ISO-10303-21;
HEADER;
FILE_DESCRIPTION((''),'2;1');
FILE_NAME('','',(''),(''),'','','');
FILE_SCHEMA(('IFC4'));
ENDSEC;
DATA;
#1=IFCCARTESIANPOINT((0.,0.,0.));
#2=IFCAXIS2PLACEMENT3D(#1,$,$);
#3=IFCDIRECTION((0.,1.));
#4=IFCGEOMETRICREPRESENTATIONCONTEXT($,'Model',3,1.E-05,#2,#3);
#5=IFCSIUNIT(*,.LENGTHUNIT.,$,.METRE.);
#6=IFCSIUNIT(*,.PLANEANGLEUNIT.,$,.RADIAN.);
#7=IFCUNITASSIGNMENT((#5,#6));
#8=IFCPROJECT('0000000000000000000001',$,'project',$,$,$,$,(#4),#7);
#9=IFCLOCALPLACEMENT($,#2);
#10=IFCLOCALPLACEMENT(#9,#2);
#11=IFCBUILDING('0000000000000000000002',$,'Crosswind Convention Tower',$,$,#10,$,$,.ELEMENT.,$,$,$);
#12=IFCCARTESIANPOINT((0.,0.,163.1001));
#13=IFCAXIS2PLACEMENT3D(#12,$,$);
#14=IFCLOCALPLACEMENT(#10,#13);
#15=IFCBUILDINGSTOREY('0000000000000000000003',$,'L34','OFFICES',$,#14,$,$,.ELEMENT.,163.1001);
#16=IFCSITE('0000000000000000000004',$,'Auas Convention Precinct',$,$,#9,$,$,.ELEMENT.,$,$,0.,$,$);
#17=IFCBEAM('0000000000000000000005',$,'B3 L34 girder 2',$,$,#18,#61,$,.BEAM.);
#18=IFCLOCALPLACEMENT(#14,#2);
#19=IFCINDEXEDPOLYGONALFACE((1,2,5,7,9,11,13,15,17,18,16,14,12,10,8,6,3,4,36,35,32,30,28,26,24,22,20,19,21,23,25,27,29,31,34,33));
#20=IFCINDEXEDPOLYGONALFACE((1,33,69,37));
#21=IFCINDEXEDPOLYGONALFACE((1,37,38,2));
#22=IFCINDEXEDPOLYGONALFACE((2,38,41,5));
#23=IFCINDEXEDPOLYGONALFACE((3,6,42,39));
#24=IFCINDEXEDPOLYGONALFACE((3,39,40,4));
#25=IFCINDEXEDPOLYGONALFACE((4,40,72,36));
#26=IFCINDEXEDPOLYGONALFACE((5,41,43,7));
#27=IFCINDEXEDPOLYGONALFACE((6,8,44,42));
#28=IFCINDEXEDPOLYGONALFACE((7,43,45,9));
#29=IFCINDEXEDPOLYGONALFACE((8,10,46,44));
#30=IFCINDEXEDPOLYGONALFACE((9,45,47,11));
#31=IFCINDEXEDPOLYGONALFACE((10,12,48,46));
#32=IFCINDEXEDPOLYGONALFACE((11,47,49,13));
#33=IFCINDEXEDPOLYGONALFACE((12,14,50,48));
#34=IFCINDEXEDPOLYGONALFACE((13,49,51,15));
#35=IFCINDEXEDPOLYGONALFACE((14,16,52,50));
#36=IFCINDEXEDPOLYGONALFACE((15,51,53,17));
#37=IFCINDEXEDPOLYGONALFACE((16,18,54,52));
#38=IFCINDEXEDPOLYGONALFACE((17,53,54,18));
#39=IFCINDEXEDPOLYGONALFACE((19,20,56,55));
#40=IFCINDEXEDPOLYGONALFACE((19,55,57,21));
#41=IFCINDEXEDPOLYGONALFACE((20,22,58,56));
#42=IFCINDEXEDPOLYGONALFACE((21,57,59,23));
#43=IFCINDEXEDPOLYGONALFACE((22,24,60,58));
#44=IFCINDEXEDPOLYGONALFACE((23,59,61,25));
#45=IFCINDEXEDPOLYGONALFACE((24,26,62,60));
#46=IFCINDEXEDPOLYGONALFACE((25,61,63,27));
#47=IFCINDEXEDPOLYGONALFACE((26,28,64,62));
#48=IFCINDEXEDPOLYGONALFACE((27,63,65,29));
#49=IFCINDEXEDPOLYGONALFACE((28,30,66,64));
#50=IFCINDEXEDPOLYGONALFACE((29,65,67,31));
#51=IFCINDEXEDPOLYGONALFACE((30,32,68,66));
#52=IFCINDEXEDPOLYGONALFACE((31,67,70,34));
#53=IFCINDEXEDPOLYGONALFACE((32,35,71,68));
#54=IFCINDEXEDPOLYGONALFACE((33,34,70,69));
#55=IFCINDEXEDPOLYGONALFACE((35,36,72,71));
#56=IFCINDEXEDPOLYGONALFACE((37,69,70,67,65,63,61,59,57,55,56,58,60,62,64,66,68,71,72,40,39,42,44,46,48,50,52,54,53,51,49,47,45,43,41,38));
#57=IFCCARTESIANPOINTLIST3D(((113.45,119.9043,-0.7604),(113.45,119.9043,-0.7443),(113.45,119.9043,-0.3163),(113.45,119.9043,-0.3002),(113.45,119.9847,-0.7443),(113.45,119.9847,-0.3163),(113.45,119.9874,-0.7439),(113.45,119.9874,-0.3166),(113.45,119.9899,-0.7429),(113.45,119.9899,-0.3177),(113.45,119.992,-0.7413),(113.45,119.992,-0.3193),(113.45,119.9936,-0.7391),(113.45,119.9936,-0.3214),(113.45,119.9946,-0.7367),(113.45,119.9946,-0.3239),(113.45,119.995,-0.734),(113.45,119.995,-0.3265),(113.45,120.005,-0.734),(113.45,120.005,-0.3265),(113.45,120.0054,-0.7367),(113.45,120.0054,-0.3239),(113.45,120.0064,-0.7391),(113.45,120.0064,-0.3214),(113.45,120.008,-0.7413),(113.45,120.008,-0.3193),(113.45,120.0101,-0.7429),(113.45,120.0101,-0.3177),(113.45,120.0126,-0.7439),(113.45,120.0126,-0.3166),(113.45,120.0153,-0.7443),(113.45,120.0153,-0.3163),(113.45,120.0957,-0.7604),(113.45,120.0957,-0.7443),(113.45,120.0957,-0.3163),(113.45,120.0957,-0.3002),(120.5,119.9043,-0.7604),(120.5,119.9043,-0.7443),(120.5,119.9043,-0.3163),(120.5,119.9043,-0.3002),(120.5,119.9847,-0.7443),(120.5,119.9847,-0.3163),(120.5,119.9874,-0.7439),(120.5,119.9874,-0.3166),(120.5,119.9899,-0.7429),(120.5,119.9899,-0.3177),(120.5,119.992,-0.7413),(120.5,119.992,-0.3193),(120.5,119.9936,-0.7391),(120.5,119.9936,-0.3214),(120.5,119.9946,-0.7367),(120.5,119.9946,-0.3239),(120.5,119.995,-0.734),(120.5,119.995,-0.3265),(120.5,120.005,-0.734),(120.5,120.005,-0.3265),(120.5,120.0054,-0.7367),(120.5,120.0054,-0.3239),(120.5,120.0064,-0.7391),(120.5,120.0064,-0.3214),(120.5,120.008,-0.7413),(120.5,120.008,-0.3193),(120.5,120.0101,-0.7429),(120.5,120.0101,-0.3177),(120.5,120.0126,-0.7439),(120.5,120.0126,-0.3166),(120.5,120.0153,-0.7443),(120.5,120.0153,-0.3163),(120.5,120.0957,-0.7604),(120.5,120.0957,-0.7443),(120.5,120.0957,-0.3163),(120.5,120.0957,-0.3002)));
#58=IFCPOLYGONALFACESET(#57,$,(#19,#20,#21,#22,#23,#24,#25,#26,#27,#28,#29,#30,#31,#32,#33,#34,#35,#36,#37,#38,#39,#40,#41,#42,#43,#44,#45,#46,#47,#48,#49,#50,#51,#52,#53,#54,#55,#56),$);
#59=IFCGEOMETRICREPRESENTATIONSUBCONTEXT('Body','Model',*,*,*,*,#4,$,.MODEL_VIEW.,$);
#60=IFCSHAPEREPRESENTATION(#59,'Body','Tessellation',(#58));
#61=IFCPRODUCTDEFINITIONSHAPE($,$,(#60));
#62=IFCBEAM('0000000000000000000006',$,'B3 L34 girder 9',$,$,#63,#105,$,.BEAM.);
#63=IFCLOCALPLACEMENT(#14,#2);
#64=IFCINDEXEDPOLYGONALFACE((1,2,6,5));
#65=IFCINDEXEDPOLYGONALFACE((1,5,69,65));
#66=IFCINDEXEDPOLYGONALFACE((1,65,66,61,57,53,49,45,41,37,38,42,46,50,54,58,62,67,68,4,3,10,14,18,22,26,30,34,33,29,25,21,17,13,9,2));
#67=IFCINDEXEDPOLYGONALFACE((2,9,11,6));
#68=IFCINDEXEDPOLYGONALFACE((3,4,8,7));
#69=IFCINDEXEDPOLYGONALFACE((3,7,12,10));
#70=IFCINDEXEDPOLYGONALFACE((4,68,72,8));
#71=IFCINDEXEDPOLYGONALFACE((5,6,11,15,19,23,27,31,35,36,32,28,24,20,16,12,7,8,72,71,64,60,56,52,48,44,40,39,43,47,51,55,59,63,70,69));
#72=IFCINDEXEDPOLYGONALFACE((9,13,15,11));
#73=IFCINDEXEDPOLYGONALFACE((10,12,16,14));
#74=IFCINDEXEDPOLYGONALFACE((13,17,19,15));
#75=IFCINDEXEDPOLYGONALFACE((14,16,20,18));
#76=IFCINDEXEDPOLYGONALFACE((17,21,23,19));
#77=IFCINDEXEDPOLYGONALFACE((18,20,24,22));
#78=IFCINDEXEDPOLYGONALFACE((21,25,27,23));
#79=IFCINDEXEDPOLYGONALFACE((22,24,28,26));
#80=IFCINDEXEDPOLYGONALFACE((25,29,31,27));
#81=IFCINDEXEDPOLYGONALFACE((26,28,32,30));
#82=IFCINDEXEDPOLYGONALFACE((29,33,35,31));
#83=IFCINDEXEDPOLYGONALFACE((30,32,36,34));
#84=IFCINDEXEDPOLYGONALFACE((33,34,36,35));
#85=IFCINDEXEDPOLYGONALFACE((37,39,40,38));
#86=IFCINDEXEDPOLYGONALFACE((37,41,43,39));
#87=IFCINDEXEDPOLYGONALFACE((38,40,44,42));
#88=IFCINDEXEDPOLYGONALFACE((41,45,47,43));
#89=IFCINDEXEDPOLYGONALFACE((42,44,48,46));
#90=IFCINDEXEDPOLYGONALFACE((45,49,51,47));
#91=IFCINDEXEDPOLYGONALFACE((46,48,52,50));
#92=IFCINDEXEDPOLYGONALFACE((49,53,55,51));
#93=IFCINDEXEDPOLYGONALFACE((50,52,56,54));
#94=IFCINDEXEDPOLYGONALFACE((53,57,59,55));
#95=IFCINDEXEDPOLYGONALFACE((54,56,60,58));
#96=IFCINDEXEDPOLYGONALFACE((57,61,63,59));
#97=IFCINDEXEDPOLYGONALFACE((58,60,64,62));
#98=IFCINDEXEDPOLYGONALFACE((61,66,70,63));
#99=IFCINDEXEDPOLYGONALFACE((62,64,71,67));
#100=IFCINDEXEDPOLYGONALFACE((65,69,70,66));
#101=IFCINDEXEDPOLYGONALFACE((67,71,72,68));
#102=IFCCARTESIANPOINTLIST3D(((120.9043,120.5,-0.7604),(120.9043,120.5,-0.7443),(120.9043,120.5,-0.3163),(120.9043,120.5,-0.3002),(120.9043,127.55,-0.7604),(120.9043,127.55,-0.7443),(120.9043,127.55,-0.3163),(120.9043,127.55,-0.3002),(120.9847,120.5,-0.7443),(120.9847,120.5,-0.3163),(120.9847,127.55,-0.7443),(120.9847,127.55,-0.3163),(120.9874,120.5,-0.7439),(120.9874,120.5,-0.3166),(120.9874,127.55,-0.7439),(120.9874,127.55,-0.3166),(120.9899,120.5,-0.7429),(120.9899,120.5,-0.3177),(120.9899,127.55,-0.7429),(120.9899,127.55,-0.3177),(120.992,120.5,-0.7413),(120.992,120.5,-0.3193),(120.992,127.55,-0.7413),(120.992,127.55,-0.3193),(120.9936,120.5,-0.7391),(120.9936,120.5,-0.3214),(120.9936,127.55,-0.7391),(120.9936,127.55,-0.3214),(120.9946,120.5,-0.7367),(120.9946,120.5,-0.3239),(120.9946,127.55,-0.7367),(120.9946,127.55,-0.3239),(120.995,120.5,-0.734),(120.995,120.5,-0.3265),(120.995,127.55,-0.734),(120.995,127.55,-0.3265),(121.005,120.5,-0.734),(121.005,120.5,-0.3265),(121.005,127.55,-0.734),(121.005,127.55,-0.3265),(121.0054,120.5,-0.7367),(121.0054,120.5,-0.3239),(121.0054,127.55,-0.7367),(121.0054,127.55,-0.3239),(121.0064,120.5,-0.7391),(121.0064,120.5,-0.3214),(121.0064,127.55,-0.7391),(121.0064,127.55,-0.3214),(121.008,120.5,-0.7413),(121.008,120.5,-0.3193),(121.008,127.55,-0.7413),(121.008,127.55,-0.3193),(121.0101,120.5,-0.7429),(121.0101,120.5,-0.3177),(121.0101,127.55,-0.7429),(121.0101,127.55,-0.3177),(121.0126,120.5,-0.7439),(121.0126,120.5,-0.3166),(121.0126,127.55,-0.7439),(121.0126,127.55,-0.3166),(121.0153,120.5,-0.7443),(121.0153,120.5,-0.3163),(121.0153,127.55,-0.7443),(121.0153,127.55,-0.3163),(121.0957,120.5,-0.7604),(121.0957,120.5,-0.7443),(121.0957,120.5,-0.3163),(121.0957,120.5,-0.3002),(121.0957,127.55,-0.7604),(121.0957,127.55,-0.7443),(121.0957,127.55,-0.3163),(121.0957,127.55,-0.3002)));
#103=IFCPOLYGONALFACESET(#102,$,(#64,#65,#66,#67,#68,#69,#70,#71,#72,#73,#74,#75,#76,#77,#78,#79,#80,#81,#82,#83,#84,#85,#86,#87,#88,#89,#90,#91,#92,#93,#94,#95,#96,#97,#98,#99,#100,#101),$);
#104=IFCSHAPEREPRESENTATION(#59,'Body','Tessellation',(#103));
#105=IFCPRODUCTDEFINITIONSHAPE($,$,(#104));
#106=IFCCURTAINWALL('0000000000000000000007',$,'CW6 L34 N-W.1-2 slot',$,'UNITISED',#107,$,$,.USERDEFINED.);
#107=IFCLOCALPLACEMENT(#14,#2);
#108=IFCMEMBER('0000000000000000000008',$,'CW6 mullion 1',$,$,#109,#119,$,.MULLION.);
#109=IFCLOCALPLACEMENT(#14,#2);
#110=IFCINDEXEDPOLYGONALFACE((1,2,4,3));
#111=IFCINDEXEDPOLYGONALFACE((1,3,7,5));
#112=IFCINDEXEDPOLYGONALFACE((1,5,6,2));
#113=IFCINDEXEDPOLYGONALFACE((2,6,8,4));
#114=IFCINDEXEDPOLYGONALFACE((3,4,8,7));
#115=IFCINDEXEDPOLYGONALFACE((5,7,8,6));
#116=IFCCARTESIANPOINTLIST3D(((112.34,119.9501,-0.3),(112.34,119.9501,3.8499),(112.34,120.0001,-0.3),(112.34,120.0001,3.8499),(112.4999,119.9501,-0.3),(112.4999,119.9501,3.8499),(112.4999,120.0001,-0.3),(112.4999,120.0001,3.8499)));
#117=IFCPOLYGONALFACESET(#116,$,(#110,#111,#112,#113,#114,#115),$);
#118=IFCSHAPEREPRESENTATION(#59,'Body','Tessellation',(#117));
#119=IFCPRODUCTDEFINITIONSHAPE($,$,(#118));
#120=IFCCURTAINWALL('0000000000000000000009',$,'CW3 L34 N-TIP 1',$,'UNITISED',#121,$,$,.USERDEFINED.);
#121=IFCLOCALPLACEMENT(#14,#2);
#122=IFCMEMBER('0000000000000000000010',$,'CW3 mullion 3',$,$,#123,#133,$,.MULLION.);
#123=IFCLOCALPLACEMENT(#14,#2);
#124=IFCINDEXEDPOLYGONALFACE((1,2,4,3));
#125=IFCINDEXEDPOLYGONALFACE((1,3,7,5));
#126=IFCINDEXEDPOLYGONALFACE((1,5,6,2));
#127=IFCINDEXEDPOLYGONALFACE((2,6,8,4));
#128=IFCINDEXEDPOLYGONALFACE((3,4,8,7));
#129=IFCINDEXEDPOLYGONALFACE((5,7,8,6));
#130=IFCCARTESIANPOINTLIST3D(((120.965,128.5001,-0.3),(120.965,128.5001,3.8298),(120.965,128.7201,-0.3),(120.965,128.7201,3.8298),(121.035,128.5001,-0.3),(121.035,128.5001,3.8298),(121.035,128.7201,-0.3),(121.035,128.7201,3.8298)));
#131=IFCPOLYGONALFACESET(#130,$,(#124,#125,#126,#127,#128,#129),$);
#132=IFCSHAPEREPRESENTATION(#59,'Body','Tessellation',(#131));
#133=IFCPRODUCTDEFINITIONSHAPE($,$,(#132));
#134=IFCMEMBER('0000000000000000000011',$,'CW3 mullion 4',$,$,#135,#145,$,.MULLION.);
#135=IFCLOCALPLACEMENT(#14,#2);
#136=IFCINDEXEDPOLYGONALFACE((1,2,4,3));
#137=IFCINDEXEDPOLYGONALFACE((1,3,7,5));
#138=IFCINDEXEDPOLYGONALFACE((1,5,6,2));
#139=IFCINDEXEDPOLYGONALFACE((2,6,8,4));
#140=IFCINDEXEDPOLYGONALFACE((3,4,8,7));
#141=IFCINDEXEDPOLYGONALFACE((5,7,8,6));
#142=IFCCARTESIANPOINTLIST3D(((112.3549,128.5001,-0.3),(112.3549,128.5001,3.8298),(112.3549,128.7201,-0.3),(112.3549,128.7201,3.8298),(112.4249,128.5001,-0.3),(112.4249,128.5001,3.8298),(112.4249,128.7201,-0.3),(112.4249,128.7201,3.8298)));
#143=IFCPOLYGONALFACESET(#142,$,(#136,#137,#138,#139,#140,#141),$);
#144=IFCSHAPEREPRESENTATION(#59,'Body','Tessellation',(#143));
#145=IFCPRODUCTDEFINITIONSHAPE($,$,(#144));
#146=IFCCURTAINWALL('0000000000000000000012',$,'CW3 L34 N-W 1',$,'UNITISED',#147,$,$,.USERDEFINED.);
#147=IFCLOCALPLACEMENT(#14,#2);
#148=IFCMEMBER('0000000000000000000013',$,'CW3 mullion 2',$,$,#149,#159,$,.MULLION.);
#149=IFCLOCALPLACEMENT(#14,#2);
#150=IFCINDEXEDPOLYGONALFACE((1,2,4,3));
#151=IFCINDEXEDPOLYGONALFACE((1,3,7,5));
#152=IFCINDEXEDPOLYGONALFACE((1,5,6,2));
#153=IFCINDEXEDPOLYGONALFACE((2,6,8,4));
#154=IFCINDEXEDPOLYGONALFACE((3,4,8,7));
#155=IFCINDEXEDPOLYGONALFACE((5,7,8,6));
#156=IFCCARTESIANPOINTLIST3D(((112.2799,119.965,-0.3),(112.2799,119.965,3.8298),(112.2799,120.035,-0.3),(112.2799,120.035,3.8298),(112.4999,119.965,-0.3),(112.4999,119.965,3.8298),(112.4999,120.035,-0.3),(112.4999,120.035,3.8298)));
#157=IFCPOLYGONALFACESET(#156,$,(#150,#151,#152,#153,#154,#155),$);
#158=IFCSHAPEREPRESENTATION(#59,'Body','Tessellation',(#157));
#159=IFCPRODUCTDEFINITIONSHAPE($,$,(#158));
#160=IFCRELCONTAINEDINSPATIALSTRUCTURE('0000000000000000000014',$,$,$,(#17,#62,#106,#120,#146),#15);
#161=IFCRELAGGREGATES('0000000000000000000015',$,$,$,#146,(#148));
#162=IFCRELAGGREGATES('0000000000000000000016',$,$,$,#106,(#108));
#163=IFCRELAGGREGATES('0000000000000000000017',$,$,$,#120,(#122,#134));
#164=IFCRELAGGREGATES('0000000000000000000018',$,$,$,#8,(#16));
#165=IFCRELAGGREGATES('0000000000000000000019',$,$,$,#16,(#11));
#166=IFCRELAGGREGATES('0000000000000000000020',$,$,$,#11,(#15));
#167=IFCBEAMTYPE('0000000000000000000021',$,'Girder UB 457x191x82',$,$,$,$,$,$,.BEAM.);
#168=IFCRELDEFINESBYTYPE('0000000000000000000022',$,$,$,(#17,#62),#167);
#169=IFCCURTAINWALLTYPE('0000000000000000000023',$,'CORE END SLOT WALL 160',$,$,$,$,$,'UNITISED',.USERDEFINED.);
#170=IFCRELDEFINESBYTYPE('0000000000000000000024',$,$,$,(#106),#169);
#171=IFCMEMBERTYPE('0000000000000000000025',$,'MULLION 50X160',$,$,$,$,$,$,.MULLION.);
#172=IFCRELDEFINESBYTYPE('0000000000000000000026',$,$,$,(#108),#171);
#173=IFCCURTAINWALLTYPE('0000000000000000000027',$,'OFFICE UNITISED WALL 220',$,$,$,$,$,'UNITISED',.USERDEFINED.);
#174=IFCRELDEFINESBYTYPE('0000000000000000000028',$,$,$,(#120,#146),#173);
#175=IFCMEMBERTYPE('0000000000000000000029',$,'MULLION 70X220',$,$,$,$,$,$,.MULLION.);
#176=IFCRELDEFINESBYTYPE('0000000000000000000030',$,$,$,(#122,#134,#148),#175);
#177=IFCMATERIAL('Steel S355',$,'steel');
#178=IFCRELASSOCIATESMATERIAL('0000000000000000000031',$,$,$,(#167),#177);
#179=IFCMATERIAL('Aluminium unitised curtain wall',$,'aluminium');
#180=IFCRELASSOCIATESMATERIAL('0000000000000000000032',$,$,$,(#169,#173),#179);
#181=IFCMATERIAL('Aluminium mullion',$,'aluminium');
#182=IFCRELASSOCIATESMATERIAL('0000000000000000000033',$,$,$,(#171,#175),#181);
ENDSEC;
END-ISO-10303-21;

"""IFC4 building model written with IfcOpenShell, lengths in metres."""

from ifc_helpers import new_model, si_unit, direction, frame, origin, origin_2d, place, context, subcontext, project, spatial, rectangle, i_section, extrude, material, material_profile, profile_set, type_object, element, aggregate, save


model = new_model("IFC4")

# Units and contexts
model_context = context("Model", 3, precision=1e-05, world=origin(), true_north=direction((0.0, 1.0)))
body_context = subcontext(model_context, "Body", "Model", "MODEL_VIEW")
ifc_project = project(units=[si_unit("LENGTHUNIT", "METRE"), si_unit("PLANEANGLEUNIT", "RADIAN")], contexts=[model_context])

# Site, building, storey
site_placement = place(None, origin())
site = spatial("IfcSite", under=ifc_project, at=site_placement, Name="Auas Convention Precinct", CompositionType="ELEMENT", RefElevation=0.0)
building_placement = place(site_placement, origin())
building = spatial("IfcBuilding", under=site, at=building_placement, Name="Crosswind Convention Tower", CompositionType="ELEMENT")
storey_placement = place(building_placement, frame((0.0, 0.0, 163.1001)))
storey = spatial("IfcBuildingStorey", under=building, at=storey_placement, Name="L34", Description="OFFICES", CompositionType="ELEMENT", Elevation=163.1001)

# Beams
ifc_material_1 = material(Name="Steel S355", Category="steel")
ifc_material_profile_1 = material_profile(ifc_material_1, i_section(OverallWidth=0.1914, OverallDepth=0.4602, WebThickness=0.01, FlangeThickness=0.0161, FilletRadius=0.0103, at=origin_2d()), Name="UB 457x191x82")
ifc_profile_set_1 = profile_set([ifc_material_profile_1], Name="Steel S355")
beam_type_1 = type_object("IfcBeamType", Name="Girder UB 457x191x82", PredefinedType="BEAM", material=ifc_profile_set_1)
for number, where, z_axis, x_axis, name in (
    (1, (113.45, 120.0, -0.5303), (1.0, 0.0, 0.0), (0.0, 1.0, 0.0), "B3 L34 girder 2"),
    (2, (121.0, 120.5, -0.5303), (0.0, 1.0, 0.0), (-1.0, 0.0, 0.0), "B3 L34 girder 9"),
):
    element("IfcBeam", number, at=place(storey_placement, frame(where, z_axis=z_axis, x_axis=x_axis)), inside=storey, type_object=beam_type_1, Name=name, PredefinedType="BEAM", context=body_context, shape_type="SweptSolid", body=[
        extrude(i_section(OverallWidth=0.1914, OverallDepth=0.4602, WebThickness=0.01, FlangeThickness=0.0161, FilletRadius=0.0103, at=origin_2d()), origin(), (0.0, 0.0, 1.0), 7.05),
    ])

# Curtain wall, member
ifc_material_2 = material(Name="Aluminium unitised curtain wall", Category="aluminium")
curtain_wall_type_1 = type_object("IfcCurtainWallType", Name="CORE END SLOT WALL 160", ElementType="UNITISED", PredefinedType="USERDEFINED", material=ifc_material_2)
curtain_wall_1_placement = place(storey_placement, origin())
curtain_wall_1 = element("IfcCurtainWall", 3, at=curtain_wall_1_placement, inside=storey, type_object=curtain_wall_type_1, Name="CW6 L34 N-W.1-2 slot", ObjectType="UNITISED", PredefinedType="USERDEFINED")
ifc_material_3 = material(Name="Aluminium mullion", Category="aluminium")
ifc_material_profile_2 = material_profile(ifc_material_3, rectangle(XDim=0.1599, YDim=0.05, at=origin_2d()), Name="AL 160X50")
ifc_profile_set_2 = profile_set([ifc_material_profile_2], Name="Aluminium mullion")
member_type_1 = type_object("IfcMemberType", Name="MULLION 50X160", PredefinedType="MULLION", material=ifc_profile_set_2)
member_1_placement = place(storey_placement, frame((112.4199, 119.9751, -0.3), z_axis=(0.0, 0.0, 1.0), x_axis=(-1.0, 0.0, 0.0)))
member_1 = element("IfcMember", 4, at=member_1_placement, type_object=member_type_1, Name="CW6 mullion 1", PredefinedType="MULLION", context=body_context, shape_type="SweptSolid", body=[
    extrude(rectangle(XDim=0.1599, YDim=0.05, at=origin_2d()), origin(), (0.0, 0.0, 1.0), 4.1499),
])

# Curtain wall, members
curtain_wall_type_2 = type_object("IfcCurtainWallType", Name="OFFICE UNITISED WALL 220", ElementType="UNITISED", PredefinedType="USERDEFINED", material=ifc_material_2)
curtain_wall_2_placement = place(storey_placement, origin())
curtain_wall_2 = element("IfcCurtainWall", 5, at=curtain_wall_2_placement, inside=storey, type_object=curtain_wall_type_2, Name="CW3 L34 N-TIP 1", ObjectType="UNITISED", PredefinedType="USERDEFINED")
ifc_material_profile_3 = material_profile(ifc_material_3, rectangle(XDim=0.22, YDim=0.0701, at=origin_2d()), Name="AL 220X70")
ifc_profile_set_3 = profile_set([ifc_material_profile_3], Name="Aluminium mullion")
member_type_2 = type_object("IfcMemberType", Name="MULLION 70X220", PredefinedType="MULLION", material=ifc_profile_set_3)
member_2_placement = place(storey_placement, frame((121.0, 128.6101, -0.3), z_axis=(0.0, 0.0, 1.0), x_axis=(0.0, 1.0, 0.0)))
member_2 = element("IfcMember", 6, at=member_2_placement, type_object=member_type_2, Name="CW3 mullion 3", PredefinedType="MULLION", context=body_context, shape_type="SweptSolid", body=[
    extrude(rectangle(XDim=0.22, YDim=0.0701, at=origin_2d()), origin(), (0.0, 0.0, 1.0), 4.1299),
])
member_3_placement = place(storey_placement, frame((112.3899, 128.6101, -0.3), z_axis=(0.0, 0.0, 1.0), x_axis=(0.0, 1.0, 0.0)))
member_3 = element("IfcMember", 7, at=member_3_placement, type_object=member_type_2, Name="CW3 mullion 4", PredefinedType="MULLION", context=body_context, shape_type="SweptSolid", body=[
    extrude(rectangle(XDim=0.22, YDim=0.0701, at=origin_2d()), origin(), (0.0, 0.0, 1.0), 4.1299),
])

# Curtain wall, member
curtain_wall_3_placement = place(storey_placement, origin())
curtain_wall_3 = element("IfcCurtainWall", 8, at=curtain_wall_3_placement, inside=storey, type_object=curtain_wall_type_2, Name="CW3 L34 N-W 1", ObjectType="UNITISED", PredefinedType="USERDEFINED")
member_4_placement = place(storey_placement, frame((112.3899, 120.0, -0.3), z_axis=(0.0, 0.0, 1.0), x_axis=(-1.0, 0.0, 0.0)))
member_4 = element("IfcMember", 9, at=member_4_placement, type_object=member_type_2, Name="CW3 mullion 2", PredefinedType="MULLION", context=body_context, shape_type="SweptSolid", body=[
    extrude(rectangle(XDim=0.22, YDim=0.0701, at=origin_2d()), origin(), (0.0, 0.0, 1.0), 4.1299),
])

aggregate(curtain_wall_3, [member_4])

aggregate(curtain_wall_1, [member_1])
aggregate(curtain_wall_2, [member_2, member_3])

save(model, "model.ifc")
